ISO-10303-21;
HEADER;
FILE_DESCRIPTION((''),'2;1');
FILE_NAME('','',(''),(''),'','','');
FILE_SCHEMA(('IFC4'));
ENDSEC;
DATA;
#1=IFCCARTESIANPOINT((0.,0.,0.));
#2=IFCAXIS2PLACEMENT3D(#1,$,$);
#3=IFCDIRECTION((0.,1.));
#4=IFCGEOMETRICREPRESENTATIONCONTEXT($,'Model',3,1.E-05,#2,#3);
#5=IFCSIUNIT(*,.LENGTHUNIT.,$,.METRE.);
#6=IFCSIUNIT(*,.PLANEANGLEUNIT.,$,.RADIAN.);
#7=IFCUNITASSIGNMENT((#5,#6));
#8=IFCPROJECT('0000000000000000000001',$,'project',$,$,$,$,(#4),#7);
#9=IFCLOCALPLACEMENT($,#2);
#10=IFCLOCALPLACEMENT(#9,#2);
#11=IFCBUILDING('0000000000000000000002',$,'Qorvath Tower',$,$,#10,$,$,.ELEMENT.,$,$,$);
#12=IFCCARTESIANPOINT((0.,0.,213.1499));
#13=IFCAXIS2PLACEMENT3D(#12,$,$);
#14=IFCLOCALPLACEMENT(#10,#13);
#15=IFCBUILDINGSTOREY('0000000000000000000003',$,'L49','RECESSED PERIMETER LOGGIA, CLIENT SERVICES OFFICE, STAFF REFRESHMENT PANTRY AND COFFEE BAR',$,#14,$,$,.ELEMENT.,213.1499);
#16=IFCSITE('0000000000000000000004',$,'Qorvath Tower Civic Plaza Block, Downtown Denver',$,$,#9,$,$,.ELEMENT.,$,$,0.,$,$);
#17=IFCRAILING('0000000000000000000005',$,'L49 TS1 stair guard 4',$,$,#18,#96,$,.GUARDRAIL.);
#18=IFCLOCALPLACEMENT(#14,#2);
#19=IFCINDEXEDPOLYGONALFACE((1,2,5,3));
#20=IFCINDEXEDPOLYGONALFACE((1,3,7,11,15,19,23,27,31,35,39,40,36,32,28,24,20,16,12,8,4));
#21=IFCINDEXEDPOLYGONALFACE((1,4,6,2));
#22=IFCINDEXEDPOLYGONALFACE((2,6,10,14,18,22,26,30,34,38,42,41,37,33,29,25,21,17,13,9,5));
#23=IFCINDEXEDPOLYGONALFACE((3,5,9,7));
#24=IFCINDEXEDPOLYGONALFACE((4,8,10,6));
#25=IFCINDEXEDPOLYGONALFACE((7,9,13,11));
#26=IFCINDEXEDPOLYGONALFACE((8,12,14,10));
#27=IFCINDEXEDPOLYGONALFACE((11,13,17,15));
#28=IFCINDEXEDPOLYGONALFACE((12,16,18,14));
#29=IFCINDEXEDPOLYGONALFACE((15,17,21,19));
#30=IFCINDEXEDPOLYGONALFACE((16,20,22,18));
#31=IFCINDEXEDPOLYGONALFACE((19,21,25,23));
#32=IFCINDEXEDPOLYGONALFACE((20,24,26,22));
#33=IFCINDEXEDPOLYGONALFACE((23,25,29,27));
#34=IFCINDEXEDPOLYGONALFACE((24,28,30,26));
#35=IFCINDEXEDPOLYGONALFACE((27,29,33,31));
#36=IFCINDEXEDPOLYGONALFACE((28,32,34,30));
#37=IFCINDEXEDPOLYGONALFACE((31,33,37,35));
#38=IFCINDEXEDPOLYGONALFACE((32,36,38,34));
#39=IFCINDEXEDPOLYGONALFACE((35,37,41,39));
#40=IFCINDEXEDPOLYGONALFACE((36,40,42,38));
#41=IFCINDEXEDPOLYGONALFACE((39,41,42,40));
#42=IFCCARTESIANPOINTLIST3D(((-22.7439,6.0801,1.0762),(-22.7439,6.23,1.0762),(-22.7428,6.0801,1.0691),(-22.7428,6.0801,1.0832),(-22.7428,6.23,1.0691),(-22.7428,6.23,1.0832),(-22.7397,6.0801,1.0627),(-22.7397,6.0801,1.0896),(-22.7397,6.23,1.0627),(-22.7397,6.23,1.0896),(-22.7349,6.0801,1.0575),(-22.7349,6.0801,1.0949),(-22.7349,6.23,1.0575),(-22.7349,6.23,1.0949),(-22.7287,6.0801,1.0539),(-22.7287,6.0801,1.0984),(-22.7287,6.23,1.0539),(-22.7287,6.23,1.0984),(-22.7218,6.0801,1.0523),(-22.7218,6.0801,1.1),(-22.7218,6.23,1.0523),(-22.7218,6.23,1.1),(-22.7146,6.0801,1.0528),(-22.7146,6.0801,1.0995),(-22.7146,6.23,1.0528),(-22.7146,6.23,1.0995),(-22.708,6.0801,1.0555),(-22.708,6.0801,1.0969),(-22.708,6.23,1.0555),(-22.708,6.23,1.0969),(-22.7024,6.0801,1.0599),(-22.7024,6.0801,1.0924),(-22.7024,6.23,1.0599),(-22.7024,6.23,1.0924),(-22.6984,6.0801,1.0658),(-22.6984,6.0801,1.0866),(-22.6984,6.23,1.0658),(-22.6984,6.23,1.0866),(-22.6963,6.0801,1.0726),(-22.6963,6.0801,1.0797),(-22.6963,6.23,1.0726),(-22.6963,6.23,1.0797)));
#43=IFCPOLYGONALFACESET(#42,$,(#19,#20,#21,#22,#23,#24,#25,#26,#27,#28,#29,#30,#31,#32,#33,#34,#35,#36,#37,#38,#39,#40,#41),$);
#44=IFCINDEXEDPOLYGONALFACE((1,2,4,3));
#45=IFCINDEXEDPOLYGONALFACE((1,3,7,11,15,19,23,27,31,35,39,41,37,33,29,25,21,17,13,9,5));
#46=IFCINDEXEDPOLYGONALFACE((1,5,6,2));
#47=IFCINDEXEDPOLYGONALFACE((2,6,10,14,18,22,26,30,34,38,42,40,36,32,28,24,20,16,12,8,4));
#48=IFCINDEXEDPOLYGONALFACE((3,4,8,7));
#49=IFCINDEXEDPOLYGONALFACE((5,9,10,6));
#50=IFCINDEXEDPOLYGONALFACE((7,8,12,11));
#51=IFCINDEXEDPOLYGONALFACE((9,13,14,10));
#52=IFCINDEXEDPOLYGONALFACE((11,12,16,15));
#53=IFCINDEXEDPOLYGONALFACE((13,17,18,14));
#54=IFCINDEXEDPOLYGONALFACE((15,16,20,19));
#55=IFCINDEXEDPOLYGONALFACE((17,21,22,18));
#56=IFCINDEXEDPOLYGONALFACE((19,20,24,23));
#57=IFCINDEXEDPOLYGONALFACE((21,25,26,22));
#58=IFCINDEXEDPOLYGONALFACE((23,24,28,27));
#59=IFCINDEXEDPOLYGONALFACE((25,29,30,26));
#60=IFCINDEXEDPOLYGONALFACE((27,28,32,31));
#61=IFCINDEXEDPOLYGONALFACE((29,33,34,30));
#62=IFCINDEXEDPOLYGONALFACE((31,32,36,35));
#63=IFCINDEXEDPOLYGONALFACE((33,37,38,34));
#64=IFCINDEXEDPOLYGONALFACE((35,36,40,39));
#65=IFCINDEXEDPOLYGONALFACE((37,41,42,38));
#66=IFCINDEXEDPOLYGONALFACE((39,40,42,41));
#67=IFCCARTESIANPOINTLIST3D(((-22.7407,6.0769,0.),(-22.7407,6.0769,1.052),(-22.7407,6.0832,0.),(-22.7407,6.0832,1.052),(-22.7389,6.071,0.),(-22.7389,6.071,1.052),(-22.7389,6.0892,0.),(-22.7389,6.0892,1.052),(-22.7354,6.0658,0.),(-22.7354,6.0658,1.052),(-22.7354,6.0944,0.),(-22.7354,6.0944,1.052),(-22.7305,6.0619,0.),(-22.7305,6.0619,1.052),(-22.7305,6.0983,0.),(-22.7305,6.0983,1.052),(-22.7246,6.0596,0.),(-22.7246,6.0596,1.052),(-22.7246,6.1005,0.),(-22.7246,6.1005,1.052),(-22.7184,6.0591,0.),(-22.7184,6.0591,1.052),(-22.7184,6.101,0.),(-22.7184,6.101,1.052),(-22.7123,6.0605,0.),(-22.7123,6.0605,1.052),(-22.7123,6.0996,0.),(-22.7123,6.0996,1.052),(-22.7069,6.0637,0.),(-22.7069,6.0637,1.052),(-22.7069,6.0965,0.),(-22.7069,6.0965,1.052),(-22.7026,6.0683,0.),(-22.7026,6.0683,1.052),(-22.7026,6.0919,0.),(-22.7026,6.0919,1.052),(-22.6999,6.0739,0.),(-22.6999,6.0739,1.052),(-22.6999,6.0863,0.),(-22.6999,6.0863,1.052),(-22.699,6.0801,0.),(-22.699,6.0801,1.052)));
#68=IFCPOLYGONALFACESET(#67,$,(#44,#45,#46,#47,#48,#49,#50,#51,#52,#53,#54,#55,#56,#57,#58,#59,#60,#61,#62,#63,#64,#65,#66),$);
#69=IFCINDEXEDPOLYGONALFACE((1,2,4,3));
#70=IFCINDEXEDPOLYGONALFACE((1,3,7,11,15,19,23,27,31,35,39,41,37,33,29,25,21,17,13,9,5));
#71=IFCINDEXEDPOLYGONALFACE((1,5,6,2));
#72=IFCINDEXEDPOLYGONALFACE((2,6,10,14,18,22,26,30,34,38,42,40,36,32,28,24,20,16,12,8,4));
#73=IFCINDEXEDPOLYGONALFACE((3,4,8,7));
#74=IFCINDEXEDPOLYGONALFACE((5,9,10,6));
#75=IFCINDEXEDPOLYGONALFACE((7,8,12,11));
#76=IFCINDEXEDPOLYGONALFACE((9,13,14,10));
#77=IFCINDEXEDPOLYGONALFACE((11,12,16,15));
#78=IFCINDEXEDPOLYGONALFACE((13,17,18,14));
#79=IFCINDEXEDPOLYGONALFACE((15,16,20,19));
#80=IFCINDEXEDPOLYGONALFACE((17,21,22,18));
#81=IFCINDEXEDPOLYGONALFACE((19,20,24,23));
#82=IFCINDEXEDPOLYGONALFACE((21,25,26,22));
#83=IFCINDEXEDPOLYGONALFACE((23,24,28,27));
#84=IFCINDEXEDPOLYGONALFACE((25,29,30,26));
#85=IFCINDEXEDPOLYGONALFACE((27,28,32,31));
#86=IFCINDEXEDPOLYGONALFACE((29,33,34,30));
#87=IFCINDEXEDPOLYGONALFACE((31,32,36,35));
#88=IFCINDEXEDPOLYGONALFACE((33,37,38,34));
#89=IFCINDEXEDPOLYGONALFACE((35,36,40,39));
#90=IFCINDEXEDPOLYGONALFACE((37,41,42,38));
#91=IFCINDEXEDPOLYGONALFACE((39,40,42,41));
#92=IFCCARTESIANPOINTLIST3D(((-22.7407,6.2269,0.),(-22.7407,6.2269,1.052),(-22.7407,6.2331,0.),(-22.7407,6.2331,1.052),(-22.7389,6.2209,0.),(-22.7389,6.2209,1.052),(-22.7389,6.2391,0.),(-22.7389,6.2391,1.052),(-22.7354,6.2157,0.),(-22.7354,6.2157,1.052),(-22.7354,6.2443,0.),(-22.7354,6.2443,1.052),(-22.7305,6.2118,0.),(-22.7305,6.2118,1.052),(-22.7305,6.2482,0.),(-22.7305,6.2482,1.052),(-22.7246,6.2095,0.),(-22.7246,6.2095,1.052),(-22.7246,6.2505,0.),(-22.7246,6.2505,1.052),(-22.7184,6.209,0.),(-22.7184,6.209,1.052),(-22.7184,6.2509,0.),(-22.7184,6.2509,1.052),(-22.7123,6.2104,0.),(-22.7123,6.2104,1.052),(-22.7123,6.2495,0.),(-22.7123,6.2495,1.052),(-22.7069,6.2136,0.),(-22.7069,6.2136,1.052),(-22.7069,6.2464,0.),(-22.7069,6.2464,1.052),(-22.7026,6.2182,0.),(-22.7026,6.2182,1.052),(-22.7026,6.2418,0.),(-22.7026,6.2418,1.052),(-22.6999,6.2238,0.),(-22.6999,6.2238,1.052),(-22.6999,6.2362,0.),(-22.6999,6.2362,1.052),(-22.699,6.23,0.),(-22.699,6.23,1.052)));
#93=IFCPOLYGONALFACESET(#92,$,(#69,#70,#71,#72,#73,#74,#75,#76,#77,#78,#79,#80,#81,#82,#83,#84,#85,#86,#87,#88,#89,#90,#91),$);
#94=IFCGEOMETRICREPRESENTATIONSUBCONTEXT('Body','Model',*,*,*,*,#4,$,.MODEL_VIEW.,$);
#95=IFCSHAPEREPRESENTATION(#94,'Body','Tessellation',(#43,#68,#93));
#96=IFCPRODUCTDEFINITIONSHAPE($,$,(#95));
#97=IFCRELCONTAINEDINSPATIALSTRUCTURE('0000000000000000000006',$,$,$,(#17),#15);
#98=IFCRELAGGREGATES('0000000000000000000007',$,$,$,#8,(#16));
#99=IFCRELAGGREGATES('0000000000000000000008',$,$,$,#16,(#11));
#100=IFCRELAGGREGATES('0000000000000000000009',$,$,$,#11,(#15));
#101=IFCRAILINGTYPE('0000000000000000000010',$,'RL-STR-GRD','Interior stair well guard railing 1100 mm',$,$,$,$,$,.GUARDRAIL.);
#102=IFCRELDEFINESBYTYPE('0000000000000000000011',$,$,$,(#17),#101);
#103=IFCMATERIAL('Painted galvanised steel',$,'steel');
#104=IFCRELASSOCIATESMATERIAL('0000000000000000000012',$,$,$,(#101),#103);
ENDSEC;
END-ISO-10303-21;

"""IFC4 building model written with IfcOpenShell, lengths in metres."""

from ifc_helpers import new_model, si_unit, direction, frame, origin, origin_2d, place, context, subcontext, project, spatial, circle, extrude, material, type_object, element, save


model = new_model("IFC4")

# Units and contexts
model_context = context("Model", 3, precision=1e-05, world=origin(), true_north=direction((0.0, 1.0)))
body_context = subcontext(model_context, "Body", "Model", "MODEL_VIEW")
ifc_project = project(units=[si_unit("LENGTHUNIT", "METRE"), si_unit("PLANEANGLEUNIT", "RADIAN")], contexts=[model_context])

# Site, building, storey
site_placement = place(None, origin())
site = spatial("IfcSite", under=ifc_project, at=site_placement, Name="Qorvath Tower Civic Plaza Block, Downtown Denver", CompositionType="ELEMENT", RefElevation=0.0)
building_placement = place(site_placement, origin())
building = spatial("IfcBuilding", under=site, at=building_placement, Name="Qorvath Tower", CompositionType="ELEMENT")
storey_placement = place(building_placement, frame((0.0, 0.0, 213.1499)))
storey = spatial("IfcBuildingStorey", under=building, at=storey_placement, Name="L49", Description="RECESSED PERIMETER LOGGIA, CLIENT SERVICES OFFICE, STAFF REFRESHMENT PANTRY AND COFFEE BAR", CompositionType="ELEMENT", Elevation=213.1499)

# Railing
ifc_material_1 = material(Name="Painted galvanised steel", Category="steel")
railing_type_1 = type_object("IfcRailingType", Name="RL-STR-GRD", Description="Interior stair well guard railing 1100 mm", PredefinedType="GUARDRAIL", material=ifc_material_1)
railing_1_placement = place(storey_placement, frame((-22.72, 6.0801, 0.0)))
element("IfcRailing", 1, at=railing_1_placement, inside=storey, type_object=railing_type_1, Name="L49 TS1 stair guard 4", PredefinedType="GUARDRAIL", context=body_context, shape_type="SweptSolid", body=[
    extrude(circle(Radius=0.0239, at=origin_2d()), frame((0.0, 0.0, 1.0762), z_axis=(0.0, 1.0, 0.0), x_axis=(-1.0, 0.0, 0.0)), (0.0, 0.0, 1.0), 0.1499),
    extrude(circle(Radius=0.021, at=origin_2d()), origin(), (0.0, 0.0, 1.0), 1.052),
    extrude(circle(Radius=0.021, at=origin_2d()), frame((0.0, 0.1499, 0.0)), (0.0, 0.0, 1.0), 1.052),
])

save(model, "model.ifc")
